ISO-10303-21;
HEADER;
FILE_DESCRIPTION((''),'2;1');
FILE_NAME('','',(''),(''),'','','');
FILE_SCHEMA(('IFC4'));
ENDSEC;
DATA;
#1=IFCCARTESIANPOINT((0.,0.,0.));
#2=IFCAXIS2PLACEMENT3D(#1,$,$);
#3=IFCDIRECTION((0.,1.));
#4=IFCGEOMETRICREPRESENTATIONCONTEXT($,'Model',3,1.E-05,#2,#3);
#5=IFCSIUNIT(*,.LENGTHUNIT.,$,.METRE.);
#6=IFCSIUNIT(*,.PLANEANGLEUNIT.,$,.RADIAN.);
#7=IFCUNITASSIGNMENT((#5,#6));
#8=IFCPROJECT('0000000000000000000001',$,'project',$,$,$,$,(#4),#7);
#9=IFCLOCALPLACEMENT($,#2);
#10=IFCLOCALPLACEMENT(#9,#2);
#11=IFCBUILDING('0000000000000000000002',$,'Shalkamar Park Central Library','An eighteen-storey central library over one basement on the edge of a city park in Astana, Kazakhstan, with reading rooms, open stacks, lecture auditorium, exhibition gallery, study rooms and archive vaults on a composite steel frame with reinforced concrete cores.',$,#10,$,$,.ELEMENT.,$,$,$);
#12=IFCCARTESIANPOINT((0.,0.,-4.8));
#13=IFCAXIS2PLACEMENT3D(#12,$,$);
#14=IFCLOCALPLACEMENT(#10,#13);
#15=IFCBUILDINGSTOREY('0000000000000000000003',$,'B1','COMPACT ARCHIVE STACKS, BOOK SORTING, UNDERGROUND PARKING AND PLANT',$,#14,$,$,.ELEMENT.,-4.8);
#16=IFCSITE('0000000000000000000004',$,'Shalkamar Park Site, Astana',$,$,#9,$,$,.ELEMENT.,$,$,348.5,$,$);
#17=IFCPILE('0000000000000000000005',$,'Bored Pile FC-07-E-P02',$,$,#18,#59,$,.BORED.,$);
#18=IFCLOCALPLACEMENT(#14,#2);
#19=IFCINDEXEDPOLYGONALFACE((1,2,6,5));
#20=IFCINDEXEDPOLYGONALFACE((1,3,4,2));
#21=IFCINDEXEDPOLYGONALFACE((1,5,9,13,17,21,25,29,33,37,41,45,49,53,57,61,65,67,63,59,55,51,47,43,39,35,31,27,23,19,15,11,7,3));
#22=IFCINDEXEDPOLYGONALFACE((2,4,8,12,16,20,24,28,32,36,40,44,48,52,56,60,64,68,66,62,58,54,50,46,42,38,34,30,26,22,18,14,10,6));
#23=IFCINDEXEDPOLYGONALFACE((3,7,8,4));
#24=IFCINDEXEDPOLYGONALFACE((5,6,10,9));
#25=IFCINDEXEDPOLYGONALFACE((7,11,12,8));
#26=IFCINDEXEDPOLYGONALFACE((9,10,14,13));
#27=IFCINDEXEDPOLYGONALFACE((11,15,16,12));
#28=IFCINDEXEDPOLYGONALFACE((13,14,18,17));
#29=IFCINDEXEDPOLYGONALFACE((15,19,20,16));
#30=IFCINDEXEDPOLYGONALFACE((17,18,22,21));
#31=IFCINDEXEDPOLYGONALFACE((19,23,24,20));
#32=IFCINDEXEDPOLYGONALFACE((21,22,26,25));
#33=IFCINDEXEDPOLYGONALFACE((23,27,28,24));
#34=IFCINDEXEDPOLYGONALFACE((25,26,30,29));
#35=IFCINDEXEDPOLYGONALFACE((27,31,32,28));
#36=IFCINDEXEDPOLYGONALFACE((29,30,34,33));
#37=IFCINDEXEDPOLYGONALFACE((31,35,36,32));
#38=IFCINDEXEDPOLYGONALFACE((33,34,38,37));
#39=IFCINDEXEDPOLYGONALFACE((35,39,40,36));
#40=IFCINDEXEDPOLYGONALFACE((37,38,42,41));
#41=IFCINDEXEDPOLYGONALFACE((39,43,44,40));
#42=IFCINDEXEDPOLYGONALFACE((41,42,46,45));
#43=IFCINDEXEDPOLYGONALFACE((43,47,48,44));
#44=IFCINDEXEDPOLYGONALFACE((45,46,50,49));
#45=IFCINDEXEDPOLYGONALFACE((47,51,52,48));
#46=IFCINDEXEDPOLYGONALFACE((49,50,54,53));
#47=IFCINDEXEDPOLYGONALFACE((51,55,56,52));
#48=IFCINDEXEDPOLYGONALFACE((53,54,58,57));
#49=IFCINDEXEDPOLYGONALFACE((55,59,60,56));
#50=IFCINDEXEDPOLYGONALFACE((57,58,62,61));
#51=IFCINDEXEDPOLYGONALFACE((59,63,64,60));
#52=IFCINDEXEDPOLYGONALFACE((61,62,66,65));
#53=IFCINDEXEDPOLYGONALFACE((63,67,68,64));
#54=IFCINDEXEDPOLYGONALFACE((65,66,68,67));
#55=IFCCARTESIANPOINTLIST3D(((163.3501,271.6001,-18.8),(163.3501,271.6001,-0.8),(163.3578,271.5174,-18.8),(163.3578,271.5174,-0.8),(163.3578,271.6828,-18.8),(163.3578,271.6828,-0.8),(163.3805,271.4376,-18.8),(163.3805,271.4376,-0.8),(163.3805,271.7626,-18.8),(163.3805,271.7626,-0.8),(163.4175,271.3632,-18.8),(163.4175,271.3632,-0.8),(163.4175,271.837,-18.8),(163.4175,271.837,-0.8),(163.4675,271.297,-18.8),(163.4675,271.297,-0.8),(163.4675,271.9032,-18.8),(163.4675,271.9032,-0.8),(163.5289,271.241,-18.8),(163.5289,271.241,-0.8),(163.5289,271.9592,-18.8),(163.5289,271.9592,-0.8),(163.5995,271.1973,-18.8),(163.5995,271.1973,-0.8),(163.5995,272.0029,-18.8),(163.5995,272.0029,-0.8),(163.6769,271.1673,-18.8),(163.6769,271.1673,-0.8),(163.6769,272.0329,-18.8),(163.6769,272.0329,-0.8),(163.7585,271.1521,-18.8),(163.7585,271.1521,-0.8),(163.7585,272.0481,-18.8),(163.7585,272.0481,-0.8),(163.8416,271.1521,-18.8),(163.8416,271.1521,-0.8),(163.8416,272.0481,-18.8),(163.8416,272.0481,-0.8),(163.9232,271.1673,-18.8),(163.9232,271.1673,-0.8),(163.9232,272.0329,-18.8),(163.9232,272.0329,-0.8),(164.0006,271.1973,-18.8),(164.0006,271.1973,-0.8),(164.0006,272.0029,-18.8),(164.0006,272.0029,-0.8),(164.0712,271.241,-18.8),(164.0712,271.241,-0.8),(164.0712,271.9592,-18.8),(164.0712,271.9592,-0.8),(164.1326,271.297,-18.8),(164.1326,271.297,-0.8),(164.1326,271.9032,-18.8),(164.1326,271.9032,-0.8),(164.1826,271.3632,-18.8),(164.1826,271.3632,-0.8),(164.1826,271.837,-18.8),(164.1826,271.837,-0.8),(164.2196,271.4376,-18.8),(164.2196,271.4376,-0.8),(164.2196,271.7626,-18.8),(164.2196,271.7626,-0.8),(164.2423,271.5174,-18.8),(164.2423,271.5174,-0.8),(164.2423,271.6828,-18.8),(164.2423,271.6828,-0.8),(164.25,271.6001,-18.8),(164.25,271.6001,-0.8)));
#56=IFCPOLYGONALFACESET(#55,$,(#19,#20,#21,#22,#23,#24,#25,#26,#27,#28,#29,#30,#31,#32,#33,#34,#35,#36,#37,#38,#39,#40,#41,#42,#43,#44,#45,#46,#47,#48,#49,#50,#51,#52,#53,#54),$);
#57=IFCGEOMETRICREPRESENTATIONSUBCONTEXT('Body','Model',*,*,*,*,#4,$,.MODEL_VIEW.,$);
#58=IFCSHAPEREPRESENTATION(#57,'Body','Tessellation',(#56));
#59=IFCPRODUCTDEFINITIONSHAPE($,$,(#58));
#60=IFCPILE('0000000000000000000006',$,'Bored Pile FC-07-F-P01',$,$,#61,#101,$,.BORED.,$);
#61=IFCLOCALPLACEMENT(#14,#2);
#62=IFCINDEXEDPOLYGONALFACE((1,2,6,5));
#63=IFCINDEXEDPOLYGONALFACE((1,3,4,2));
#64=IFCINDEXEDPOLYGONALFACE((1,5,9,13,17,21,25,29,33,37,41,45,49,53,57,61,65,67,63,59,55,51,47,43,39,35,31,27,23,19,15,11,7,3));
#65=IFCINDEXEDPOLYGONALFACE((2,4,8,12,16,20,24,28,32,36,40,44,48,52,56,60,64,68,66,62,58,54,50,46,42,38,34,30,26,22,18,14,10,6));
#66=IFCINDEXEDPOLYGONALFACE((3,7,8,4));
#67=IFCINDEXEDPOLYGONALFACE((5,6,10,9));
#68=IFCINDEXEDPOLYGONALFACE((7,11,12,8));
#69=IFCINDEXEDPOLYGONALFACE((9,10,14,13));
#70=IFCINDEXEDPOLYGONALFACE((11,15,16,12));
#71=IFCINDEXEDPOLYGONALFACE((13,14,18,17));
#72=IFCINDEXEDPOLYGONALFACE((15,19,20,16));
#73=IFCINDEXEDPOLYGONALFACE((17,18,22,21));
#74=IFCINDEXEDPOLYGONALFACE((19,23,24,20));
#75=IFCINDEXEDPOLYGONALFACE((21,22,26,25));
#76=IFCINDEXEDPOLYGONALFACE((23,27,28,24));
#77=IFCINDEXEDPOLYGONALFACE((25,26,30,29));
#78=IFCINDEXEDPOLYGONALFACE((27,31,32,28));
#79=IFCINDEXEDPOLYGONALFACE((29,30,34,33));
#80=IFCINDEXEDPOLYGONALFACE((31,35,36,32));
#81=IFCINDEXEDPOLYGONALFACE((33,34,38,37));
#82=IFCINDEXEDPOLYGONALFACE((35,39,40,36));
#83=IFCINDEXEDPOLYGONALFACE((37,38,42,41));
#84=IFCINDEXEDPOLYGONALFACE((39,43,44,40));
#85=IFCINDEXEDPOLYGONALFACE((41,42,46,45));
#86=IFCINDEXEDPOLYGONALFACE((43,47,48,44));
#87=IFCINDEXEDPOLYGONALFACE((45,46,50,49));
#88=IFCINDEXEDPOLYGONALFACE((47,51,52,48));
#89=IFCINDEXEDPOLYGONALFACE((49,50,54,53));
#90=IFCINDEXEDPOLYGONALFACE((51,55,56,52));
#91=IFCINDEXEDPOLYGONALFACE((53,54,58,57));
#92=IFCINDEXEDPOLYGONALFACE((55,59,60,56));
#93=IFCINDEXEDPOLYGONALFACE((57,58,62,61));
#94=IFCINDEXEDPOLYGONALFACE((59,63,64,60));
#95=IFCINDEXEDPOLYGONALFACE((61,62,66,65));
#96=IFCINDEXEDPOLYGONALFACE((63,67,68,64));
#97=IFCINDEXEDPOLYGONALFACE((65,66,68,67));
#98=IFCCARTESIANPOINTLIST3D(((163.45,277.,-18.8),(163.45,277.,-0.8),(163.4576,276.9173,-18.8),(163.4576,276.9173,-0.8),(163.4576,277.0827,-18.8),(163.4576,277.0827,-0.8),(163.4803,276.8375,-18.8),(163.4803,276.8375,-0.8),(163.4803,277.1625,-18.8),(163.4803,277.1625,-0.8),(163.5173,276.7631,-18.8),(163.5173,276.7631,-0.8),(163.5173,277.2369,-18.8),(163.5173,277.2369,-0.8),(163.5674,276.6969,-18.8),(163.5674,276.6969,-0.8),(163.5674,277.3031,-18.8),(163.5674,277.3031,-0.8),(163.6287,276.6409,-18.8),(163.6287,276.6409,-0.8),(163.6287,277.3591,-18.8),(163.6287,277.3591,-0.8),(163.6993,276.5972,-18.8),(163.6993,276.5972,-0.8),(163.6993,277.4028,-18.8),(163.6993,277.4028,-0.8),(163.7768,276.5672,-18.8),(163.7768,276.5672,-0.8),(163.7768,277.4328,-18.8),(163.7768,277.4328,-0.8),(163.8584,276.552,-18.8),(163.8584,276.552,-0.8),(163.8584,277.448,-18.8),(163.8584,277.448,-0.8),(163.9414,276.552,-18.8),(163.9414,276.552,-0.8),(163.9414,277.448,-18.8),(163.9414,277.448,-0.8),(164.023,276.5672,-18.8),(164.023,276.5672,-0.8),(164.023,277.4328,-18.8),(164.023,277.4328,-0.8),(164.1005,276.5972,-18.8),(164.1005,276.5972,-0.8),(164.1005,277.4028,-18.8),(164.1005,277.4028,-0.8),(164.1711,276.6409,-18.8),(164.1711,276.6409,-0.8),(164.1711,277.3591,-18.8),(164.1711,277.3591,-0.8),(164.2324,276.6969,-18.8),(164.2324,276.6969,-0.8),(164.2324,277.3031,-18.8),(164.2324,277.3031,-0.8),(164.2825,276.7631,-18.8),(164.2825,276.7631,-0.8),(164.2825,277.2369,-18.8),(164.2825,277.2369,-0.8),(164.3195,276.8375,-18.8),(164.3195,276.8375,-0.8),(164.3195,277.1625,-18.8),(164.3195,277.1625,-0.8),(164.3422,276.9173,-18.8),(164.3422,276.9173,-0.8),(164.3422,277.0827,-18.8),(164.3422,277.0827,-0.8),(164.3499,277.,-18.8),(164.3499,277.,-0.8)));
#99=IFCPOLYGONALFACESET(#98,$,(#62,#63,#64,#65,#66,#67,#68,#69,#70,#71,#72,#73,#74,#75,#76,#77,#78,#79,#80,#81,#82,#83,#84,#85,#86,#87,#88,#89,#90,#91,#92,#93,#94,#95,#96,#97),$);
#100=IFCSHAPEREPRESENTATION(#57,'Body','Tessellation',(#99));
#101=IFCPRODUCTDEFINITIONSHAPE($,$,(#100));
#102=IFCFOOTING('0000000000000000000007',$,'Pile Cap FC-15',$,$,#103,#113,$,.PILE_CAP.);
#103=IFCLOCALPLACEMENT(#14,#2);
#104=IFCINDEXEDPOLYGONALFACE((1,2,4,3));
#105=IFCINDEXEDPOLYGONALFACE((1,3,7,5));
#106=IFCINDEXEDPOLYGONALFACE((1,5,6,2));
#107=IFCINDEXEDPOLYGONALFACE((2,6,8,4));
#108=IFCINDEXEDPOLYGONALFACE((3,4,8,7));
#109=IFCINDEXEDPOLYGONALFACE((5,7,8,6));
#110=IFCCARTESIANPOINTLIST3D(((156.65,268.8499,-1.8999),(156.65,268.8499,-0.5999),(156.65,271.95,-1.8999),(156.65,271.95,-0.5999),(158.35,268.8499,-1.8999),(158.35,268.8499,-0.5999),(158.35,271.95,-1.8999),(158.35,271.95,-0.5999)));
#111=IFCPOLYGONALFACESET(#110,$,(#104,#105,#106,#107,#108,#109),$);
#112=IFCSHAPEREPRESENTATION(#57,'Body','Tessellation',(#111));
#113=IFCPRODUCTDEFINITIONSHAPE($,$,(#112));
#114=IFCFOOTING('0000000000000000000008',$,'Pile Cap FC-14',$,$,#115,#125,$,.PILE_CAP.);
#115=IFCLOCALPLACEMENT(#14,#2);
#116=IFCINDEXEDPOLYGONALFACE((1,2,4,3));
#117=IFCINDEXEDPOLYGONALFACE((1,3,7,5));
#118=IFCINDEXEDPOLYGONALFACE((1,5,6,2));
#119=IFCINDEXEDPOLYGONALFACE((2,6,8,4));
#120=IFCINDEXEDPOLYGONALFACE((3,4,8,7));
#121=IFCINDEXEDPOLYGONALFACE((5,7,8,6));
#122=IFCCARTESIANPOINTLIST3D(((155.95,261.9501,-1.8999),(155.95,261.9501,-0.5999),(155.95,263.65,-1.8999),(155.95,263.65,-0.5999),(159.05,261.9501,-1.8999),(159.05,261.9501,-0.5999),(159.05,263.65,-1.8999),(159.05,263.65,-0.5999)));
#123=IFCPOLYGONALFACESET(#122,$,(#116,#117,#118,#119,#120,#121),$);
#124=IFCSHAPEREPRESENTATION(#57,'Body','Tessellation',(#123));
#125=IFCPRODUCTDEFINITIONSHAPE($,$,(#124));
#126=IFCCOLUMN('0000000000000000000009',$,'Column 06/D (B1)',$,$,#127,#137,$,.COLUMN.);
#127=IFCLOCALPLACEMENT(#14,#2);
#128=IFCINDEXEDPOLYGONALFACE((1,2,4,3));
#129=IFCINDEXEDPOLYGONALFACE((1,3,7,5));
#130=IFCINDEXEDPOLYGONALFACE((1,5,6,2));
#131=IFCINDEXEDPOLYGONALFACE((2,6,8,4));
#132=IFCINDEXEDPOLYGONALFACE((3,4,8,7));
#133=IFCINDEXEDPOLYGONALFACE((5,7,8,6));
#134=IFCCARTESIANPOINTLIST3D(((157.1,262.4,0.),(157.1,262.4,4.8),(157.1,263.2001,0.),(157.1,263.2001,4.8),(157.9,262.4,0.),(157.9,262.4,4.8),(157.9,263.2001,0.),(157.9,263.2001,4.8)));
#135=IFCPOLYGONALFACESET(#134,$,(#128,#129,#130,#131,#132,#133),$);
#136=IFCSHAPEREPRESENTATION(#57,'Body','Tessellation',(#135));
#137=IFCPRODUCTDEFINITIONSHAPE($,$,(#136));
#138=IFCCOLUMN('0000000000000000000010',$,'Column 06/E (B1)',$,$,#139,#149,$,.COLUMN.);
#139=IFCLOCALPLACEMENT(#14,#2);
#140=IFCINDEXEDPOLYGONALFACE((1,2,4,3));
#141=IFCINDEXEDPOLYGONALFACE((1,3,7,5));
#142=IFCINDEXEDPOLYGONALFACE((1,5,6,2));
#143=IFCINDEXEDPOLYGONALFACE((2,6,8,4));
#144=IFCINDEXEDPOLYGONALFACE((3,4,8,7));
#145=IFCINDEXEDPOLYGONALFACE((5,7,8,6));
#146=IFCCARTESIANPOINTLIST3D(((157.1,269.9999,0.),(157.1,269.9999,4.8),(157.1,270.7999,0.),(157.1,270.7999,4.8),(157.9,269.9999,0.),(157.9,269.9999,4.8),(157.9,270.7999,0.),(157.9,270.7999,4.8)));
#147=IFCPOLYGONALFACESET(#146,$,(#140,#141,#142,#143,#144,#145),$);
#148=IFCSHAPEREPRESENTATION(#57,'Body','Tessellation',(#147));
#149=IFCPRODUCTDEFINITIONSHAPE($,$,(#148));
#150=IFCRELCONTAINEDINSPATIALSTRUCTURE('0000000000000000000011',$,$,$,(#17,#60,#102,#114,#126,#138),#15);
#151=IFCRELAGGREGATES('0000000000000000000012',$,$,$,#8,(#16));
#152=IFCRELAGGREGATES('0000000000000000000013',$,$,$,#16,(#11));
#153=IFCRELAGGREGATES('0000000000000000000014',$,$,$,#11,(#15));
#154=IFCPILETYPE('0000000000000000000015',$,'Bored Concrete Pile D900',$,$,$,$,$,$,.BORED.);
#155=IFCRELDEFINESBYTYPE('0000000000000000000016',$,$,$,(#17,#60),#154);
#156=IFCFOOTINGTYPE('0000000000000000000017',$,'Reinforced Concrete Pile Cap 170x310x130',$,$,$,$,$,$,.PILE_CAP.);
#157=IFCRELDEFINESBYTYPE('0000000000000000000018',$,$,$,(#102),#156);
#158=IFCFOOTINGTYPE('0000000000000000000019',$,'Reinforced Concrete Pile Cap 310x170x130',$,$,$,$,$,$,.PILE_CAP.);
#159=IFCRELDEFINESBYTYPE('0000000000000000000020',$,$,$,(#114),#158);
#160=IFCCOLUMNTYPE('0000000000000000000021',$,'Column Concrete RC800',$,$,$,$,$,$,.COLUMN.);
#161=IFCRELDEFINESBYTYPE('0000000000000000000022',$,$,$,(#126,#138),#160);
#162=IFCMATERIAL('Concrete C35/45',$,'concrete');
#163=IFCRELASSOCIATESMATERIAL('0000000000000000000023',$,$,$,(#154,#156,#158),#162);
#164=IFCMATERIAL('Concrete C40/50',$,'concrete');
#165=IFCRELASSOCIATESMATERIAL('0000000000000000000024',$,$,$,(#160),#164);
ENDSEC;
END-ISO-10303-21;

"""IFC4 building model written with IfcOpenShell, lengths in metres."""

from ifc_helpers import new_model, si_unit, direction, frame, origin, origin_2d, place, context, subcontext, project, spatial, rectangle, circle, extrude, material, material_profile, profile_set, type_object, element, save


model = new_model("IFC4")

# Units and contexts
model_context = context("Model", 3, precision=1e-05, world=origin(), true_north=direction((0.0, 1.0)))
body_context = subcontext(model_context, "Body", "Model", "MODEL_VIEW")
ifc_project = project(units=[si_unit("LENGTHUNIT", "METRE"), si_unit("PLANEANGLEUNIT", "RADIAN")], contexts=[model_context])

# Site, building, storey
site_placement = place(None, origin())
site = spatial("IfcSite", under=ifc_project, at=site_placement, Name="Shalkamar Park Site, Astana", CompositionType="ELEMENT", RefElevation=348.5)
building_placement = place(site_placement, origin())
building = spatial("IfcBuilding", under=site, at=building_placement, Name="Shalkamar Park Central Library", Description="An eighteen-storey central library over one basement on the edge of a city park in Astana, Kazakhstan, with reading rooms, open stacks, lecture auditorium, exhibition gallery, study rooms and archive vaults on a composite steel frame with reinforced concrete cores.", CompositionType="ELEMENT")
storey_placement = place(building_placement, frame((0.0, 0.0, -4.8)))
storey = spatial("IfcBuildingStorey", under=building, at=storey_placement, Name="B1", Description="COMPACT ARCHIVE STACKS, BOOK SORTING, UNDERGROUND PARKING AND PLANT", CompositionType="ELEMENT", Elevation=-4.8)

# Piles
ifc_material_1 = material(Name="Concrete C35/45", Category="concrete")
ifc_material_profile_1 = material_profile(ifc_material_1, circle(Radius=0.45, at=origin_2d()), Name="PILE D900")
ifc_profile_set_1 = profile_set([ifc_material_profile_1], Name="Concrete C35/45")
pile_type_1 = type_object("IfcPileType", Name="Bored Concrete Pile D900", PredefinedType="BORED", material=ifc_profile_set_1)
for number, where, z_axis, x_axis, name in (
    (1, (163.8, 271.6001, -0.8), (0.0, 0.0, -1.0), (1.0, 0.0, 0.0), "Bored Pile FC-07-E-P02"),
    (2, (163.8999, 277.0, -0.8), (0.0, 0.0, -1.0), (1.0, 0.0, 0.0), "Bored Pile FC-07-F-P01"),
):
    element("IfcPile", number, at=place(storey_placement, frame(where, z_axis=z_axis, x_axis=x_axis)), inside=storey, type_object=pile_type_1, Name=name, PredefinedType="BORED", context=body_context, shape_type="SweptSolid", body=[
        extrude(circle(Radius=0.45, at=origin_2d()), origin(), (0.0, 0.0, 1.0), 18.0),
    ])

# Footings
footing_type_1 = type_object("IfcFootingType", Name="Reinforced Concrete Pile Cap 170x310x130", PredefinedType="PILE_CAP", material=ifc_material_1)
footing_1_placement = place(storey_placement, frame((157.5, 270.3999, -1.8999), z_axis=(0.0, 0.0, 1.0), x_axis=(1.0, 0.0, 0.0)))
element("IfcFooting", 3, at=footing_1_placement, inside=storey, type_object=footing_type_1, Name="Pile Cap FC-15", PredefinedType="PILE_CAP", context=body_context, shape_type="SweptSolid", body=[
    extrude(rectangle(XDim=1.7, YDim=3.1001, at=origin_2d()), origin(), (0.0, 0.0, 1.0), 1.3),
])
footing_type_2 = type_object("IfcFootingType", Name="Reinforced Concrete Pile Cap 310x170x130", PredefinedType="PILE_CAP", material=ifc_material_1)
footing_2_placement = place(storey_placement, frame((157.5, 262.8, -1.8999), z_axis=(0.0, 0.0, 1.0), x_axis=(1.0, 0.0, 0.0)))
element("IfcFooting", 4, at=footing_2_placement, inside=storey, type_object=footing_type_2, Name="Pile Cap FC-14", PredefinedType="PILE_CAP", context=body_context, shape_type="SweptSolid", body=[
    extrude(rectangle(XDim=3.1001, YDim=1.7, at=origin_2d()), origin(), (0.0, 0.0, 1.0), 1.3),
])

# Columns
ifc_material_2 = material(Name="Concrete C40/50", Category="concrete")
ifc_material_profile_2 = material_profile(ifc_material_2, rectangle(XDim=0.8, YDim=0.8, at=origin_2d()), Name="RC 800x800")
ifc_profile_set_2 = profile_set([ifc_material_profile_2], Name="Concrete C40/50")
column_type = type_object("IfcColumnType", Name="Column Concrete RC800", PredefinedType="COLUMN", material=ifc_profile_set_2)
for number, where, z_axis, x_axis, name in (
    (5, (157.5, 262.8, 0.0), (0.0, 0.0, 1.0), (1.0, 0.0, 0.0), "Column 06/D (B1)"),
    (6, (157.5, 270.3999, 0.0), (0.0, 0.0, 1.0), (1.0, 0.0, 0.0), "Column 06/E (B1)"),
):
    element("IfcColumn", number, at=place(storey_placement, frame(where, z_axis=z_axis, x_axis=x_axis)), inside=storey, type_object=column_type, Name=name, PredefinedType="COLUMN", context=body_context, shape_type="SweptSolid", body=[
        extrude(rectangle(XDim=0.8, YDim=0.8, at=origin_2d()), origin(), (0.0, 0.0, 1.0), 4.8),
    ])

save(model, "model.ifc")
